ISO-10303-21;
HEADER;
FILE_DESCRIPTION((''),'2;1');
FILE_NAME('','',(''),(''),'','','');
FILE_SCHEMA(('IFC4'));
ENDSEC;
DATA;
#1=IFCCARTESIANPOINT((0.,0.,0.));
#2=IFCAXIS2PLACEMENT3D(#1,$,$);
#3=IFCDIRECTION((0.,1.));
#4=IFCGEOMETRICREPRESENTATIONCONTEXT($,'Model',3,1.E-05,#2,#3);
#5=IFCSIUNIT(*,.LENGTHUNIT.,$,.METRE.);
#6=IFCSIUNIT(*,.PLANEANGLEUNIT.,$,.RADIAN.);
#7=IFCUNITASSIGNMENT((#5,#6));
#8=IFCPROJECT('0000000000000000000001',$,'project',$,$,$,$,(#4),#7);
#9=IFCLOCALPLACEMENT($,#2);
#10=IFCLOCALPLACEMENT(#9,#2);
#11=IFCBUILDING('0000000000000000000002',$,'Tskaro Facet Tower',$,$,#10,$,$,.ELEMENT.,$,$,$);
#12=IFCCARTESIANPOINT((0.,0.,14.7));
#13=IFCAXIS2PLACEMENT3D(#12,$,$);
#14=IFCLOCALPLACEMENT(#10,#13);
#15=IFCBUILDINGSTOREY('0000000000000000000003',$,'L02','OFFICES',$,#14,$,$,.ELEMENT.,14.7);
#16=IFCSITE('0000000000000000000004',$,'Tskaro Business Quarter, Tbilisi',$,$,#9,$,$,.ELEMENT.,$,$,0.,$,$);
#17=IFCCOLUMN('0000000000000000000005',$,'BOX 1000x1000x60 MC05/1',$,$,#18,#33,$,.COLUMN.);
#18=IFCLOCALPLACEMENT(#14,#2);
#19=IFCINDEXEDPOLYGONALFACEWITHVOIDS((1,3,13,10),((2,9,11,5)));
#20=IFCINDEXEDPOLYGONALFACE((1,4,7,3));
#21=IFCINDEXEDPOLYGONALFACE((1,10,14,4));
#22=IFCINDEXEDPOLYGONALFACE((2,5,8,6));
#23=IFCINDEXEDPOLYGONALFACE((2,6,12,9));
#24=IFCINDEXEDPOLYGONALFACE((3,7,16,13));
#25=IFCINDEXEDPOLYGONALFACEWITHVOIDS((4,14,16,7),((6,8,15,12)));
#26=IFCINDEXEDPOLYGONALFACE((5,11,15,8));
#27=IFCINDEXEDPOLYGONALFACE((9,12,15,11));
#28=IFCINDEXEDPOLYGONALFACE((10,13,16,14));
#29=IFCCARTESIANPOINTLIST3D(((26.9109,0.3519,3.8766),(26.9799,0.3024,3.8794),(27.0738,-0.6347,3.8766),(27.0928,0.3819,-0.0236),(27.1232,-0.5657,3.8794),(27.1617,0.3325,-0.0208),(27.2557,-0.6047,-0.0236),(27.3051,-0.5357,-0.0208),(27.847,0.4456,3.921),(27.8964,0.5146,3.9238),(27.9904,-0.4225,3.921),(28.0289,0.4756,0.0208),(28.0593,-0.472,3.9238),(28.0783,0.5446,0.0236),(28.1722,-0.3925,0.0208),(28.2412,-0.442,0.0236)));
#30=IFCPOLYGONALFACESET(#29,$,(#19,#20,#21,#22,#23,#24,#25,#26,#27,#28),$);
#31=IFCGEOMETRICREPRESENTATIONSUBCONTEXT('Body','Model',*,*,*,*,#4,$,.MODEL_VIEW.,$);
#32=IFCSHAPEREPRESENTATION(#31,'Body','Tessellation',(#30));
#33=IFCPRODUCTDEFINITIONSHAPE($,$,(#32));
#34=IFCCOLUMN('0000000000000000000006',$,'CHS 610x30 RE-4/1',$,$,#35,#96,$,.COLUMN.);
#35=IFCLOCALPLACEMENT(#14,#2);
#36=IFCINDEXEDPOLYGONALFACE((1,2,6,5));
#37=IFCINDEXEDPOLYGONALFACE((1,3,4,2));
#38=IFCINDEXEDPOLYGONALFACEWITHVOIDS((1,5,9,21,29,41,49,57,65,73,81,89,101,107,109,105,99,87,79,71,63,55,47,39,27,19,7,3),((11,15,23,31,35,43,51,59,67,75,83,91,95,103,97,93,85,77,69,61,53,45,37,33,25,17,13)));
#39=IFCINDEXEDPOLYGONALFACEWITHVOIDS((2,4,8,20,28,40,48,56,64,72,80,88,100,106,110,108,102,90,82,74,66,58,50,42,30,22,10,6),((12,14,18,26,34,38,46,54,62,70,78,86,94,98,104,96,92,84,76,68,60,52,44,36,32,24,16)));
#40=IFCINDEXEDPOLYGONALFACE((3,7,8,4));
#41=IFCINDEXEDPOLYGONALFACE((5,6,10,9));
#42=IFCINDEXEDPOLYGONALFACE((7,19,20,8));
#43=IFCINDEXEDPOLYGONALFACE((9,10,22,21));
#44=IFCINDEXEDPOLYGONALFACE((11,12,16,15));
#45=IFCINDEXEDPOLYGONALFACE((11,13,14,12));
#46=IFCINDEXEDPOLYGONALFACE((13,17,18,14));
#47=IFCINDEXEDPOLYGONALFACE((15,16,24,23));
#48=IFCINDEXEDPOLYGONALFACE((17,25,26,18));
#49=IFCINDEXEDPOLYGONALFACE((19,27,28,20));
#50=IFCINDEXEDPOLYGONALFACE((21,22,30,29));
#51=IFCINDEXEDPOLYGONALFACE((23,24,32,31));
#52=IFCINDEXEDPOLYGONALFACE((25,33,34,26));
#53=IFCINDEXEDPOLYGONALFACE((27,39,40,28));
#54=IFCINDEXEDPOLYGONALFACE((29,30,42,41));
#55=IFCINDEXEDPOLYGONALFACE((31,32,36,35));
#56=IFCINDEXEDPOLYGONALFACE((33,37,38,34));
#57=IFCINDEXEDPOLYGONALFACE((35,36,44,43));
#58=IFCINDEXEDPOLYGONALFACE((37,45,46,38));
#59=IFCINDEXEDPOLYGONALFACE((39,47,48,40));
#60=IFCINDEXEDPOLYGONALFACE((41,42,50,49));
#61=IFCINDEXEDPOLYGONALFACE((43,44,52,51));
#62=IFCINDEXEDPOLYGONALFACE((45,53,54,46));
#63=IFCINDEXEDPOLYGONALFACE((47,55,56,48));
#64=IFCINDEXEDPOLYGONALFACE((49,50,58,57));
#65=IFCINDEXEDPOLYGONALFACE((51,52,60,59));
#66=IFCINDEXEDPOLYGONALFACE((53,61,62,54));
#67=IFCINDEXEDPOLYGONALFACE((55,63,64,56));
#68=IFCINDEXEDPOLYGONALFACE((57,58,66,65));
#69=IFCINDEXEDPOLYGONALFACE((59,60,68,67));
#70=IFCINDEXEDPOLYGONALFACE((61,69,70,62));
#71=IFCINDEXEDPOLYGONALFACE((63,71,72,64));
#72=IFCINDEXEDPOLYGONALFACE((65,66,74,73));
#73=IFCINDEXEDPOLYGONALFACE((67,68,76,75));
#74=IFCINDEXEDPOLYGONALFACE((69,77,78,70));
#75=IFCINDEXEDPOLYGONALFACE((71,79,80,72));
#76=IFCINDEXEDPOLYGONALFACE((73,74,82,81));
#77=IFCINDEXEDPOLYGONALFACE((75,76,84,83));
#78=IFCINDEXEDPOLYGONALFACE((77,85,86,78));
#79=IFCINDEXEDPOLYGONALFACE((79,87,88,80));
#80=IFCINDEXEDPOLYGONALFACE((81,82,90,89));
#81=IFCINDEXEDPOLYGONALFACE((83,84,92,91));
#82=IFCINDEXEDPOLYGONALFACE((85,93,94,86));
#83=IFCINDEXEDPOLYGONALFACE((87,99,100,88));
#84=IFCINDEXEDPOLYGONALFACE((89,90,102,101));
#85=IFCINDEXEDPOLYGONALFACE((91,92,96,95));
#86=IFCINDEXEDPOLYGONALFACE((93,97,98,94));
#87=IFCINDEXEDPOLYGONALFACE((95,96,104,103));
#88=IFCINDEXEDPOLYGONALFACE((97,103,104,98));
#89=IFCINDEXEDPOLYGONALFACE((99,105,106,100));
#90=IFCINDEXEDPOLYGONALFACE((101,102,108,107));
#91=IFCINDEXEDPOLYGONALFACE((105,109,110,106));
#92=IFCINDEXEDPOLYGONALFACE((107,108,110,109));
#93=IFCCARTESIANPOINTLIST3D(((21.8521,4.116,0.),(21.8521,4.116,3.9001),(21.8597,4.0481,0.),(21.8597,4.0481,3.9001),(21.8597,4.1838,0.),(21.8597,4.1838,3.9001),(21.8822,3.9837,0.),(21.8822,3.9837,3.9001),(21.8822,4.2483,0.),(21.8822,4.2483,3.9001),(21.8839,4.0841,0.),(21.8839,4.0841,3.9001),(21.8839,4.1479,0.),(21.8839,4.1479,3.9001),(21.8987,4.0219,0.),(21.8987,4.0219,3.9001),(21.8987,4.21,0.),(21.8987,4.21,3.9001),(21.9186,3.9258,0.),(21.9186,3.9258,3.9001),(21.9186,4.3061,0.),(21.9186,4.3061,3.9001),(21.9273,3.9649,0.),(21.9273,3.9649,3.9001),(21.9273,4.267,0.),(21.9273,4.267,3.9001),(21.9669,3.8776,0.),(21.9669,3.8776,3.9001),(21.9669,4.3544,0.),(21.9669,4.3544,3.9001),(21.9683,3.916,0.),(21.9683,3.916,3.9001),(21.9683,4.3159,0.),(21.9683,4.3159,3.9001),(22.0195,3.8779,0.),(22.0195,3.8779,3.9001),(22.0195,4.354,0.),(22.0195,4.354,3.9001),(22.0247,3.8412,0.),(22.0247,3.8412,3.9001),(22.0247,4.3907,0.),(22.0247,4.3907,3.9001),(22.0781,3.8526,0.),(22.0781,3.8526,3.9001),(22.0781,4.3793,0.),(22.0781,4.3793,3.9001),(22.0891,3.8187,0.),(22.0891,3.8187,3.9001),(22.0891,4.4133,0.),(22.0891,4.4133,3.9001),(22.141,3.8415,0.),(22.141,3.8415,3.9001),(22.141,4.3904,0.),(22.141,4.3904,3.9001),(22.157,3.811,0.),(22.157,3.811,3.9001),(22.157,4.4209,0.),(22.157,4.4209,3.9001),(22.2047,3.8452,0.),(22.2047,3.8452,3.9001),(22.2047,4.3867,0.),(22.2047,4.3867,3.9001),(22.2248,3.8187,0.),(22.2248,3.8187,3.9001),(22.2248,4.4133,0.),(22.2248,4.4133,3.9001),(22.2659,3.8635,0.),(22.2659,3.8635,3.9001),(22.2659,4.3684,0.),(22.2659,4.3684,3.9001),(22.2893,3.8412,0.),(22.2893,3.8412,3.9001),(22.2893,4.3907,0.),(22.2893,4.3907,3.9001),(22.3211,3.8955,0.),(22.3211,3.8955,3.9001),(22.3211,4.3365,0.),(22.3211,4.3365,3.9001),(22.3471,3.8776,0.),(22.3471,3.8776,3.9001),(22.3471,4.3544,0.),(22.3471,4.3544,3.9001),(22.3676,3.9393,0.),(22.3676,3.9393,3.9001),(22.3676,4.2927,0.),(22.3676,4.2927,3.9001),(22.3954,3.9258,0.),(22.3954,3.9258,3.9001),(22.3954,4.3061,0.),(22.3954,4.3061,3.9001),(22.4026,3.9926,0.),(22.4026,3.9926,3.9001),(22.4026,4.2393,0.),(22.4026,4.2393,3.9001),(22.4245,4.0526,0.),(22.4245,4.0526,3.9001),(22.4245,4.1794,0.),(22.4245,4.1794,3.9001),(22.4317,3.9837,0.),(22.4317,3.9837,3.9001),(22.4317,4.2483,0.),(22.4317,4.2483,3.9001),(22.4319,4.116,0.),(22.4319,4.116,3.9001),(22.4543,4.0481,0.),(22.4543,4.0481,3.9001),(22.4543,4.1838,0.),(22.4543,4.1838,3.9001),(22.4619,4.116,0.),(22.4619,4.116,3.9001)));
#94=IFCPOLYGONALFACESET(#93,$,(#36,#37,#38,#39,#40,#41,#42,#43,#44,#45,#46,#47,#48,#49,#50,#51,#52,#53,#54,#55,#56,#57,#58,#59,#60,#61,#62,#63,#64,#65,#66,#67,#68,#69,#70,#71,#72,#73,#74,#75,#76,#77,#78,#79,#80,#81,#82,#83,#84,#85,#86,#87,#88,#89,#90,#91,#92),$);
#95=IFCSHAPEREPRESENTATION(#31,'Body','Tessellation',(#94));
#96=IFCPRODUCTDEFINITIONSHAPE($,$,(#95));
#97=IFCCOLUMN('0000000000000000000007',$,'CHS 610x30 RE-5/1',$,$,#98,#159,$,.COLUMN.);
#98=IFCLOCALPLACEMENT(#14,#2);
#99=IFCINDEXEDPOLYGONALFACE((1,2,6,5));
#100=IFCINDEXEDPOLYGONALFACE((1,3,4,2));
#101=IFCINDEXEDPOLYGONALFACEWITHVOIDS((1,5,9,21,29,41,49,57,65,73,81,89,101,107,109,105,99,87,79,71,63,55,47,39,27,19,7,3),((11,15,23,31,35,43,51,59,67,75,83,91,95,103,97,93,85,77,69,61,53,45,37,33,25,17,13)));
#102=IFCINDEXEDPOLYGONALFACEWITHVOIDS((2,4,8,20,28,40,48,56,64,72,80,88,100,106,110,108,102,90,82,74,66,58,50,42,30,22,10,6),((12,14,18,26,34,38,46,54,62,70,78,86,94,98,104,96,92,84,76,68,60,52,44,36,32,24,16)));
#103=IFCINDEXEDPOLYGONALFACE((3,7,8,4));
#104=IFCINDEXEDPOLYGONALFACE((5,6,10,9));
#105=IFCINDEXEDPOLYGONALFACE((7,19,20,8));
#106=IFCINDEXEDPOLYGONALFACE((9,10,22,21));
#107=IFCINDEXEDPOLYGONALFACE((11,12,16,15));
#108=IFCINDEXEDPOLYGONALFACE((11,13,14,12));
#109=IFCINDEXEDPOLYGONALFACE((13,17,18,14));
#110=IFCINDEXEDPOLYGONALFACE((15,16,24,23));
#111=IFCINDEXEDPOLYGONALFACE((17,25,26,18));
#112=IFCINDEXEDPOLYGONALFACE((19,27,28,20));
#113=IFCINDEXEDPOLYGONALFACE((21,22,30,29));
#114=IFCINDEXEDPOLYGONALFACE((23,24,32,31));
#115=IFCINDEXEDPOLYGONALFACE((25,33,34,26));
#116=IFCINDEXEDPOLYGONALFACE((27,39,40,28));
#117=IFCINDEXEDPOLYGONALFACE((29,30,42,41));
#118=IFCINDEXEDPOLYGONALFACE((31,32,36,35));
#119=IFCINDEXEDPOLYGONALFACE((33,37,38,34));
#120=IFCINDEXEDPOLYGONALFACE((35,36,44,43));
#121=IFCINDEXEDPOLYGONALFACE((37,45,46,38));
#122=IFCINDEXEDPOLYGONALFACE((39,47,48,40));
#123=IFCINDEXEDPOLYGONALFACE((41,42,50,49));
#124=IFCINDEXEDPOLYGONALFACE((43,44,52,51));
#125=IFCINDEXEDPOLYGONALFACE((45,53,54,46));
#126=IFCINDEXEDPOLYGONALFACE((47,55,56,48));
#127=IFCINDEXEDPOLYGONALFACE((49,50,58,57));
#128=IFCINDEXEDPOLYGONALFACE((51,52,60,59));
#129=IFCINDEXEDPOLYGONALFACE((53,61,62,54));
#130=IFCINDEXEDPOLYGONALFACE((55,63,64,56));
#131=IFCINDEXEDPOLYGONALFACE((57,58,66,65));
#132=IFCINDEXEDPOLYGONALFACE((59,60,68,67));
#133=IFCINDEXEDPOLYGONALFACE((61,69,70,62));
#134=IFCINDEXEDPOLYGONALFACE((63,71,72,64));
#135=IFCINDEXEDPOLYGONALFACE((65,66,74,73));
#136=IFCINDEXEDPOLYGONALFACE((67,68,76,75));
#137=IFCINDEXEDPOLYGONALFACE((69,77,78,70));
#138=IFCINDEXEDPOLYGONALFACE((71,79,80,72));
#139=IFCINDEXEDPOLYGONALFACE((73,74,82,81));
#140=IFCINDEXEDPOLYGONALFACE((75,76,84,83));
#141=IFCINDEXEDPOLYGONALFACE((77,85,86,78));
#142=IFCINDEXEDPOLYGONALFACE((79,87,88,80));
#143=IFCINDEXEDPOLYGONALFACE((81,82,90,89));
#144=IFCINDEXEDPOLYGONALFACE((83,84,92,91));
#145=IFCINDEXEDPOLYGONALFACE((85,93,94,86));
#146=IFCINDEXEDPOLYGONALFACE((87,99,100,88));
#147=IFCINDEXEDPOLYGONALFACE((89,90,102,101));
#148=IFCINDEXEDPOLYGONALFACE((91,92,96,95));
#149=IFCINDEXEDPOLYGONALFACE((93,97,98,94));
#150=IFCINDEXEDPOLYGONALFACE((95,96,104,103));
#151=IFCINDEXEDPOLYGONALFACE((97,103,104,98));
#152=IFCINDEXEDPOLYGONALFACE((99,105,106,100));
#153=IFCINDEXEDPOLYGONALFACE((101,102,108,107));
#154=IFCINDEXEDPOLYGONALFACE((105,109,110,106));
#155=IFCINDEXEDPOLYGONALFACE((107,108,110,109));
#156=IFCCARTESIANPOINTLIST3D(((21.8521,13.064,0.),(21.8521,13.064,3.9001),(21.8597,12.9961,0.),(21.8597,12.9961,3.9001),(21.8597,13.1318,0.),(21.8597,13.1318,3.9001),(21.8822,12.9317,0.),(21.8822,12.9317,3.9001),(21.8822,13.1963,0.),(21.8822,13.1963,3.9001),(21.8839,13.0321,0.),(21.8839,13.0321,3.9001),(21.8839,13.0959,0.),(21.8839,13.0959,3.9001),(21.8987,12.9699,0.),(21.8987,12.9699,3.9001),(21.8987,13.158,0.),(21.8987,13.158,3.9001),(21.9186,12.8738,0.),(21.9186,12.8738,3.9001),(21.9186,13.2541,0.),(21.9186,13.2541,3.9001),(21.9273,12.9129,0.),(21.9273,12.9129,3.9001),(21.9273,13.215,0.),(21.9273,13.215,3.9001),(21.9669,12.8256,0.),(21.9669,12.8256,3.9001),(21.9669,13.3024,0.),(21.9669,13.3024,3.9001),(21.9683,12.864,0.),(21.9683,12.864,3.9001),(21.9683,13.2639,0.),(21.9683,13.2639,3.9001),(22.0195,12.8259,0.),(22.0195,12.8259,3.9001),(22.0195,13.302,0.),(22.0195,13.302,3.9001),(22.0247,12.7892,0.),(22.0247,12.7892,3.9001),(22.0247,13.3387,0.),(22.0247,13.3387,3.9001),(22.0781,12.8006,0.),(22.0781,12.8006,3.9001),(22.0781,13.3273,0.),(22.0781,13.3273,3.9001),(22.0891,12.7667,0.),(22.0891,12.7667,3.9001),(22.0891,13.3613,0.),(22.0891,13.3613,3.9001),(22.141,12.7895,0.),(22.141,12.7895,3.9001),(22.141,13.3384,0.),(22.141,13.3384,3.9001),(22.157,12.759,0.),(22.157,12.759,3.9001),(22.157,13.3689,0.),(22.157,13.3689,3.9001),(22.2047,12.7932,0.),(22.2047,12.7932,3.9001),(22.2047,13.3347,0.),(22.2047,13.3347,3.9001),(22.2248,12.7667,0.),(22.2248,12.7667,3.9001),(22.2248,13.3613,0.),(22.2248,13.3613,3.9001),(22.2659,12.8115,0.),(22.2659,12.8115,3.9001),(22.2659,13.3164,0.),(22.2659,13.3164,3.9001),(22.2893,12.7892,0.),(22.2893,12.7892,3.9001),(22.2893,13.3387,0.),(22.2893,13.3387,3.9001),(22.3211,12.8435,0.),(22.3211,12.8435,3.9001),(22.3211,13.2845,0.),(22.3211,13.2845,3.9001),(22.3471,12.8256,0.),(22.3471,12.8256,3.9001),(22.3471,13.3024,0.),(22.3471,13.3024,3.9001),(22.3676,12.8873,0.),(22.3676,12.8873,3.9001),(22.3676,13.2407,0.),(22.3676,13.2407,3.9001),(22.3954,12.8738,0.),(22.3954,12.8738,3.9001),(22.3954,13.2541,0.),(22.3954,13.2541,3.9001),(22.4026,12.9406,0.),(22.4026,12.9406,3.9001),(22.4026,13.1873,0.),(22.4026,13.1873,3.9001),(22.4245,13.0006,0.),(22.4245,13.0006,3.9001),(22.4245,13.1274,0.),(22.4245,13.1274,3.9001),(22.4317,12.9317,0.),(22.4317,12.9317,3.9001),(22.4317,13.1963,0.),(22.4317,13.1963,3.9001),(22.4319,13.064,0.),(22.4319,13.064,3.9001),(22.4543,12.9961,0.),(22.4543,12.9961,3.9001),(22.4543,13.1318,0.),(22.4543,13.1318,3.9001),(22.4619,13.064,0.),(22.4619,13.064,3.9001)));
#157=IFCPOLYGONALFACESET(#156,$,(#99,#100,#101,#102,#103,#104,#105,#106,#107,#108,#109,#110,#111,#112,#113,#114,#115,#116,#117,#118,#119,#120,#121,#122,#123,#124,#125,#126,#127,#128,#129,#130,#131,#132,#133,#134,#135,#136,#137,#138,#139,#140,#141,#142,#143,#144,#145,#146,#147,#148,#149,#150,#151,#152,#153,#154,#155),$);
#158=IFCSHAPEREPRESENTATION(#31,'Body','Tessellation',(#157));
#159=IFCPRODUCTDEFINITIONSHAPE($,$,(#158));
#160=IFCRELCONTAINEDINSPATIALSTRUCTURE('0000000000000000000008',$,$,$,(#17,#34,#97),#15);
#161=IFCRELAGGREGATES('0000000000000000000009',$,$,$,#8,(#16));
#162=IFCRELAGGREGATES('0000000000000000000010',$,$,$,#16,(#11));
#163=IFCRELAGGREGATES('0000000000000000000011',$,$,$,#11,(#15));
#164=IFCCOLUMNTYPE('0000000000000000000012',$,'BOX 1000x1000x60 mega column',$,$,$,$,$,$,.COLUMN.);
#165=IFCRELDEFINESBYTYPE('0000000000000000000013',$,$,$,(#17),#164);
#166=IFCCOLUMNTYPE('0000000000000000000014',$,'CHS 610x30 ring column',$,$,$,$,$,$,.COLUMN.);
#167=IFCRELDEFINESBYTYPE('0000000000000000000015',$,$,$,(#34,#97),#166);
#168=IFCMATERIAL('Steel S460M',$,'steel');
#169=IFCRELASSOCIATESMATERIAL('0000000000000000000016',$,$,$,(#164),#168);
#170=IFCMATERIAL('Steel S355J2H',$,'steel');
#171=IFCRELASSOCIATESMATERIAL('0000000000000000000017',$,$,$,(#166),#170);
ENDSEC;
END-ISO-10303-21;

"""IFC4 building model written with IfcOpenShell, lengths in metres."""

from ifc_helpers import new_model, si_unit, direction, frame, origin, origin_2d, place, context, subcontext, project, spatial, hollow_rectangle, hollow_circle, extrude, material, material_profile, profile_set, type_object, element, save


model = new_model("IFC4")

# Units and contexts
model_context = context("Model", 3, precision=1e-05, world=origin(), true_north=direction((0.0, 1.0)))
body_context = subcontext(model_context, "Body", "Model", "MODEL_VIEW")
ifc_project = project(units=[si_unit("LENGTHUNIT", "METRE"), si_unit("PLANEANGLEUNIT", "RADIAN")], contexts=[model_context])

# Site, building, storey
site_placement = place(None, origin())
site = spatial("IfcSite", under=ifc_project, at=site_placement, Name="Tskaro Business Quarter, Tbilisi", CompositionType="ELEMENT", RefElevation=0.0)
building_placement = place(site_placement, origin())
building = spatial("IfcBuilding", under=site, at=building_placement, Name="Tskaro Facet Tower", CompositionType="ELEMENT")
storey_placement = place(building_placement, frame((0.0, 0.0, 14.7)))
storey = spatial("IfcBuildingStorey", under=building, at=storey_placement, Name="L02", Description="OFFICES", CompositionType="ELEMENT", Elevation=14.7)

# Columns
ifc_material_1 = material(Name="Steel S460M", Category="steel")
ifc_material_profile_1 = material_profile(ifc_material_1, hollow_rectangle(XDim=1.0, YDim=1.0, WallThickness=0.0601, at=origin_2d()), Name="BOX 1000x1000x60")
ifc_profile_set_1 = profile_set([ifc_material_profile_1], Name="Steel S460M")
column_type_1 = type_object("IfcColumnType", Name="BOX 1000x1000x60 mega column", PredefinedType="COLUMN", material=ifc_profile_set_1)
column_placement = place(storey_placement, frame((27.667, -0.03, 0.0), z_axis=(-0.046583, -0.007691, 0.998885), x_axis=(0.162895, -0.986643, 0.0)))
element("IfcColumn", 1, at=column_placement, inside=storey, type_object=column_type_1, Name="BOX 1000x1000x60 MC05/1", PredefinedType="COLUMN", context=body_context, shape_type="SweptSolid", body=[
    extrude(hollow_rectangle(XDim=1.0, YDim=1.0, WallThickness=0.0601, at=origin_2d()), origin(), (0.0, 0.0, 1.0), 3.9045),
])
ifc_material_2 = material(Name="Steel S355J2H", Category="steel")
ifc_material_profile_2 = material_profile(ifc_material_2, hollow_circle(Radius=0.3049, WallThickness=0.03, at=origin_2d()), Name="CHS 610x30")
ifc_profile_set_2 = profile_set([ifc_material_profile_2], Name="Steel S355J2H")
column_type_2 = type_object("IfcColumnType", Name="CHS 610x30 ring column", PredefinedType="COLUMN", material=ifc_profile_set_2)
for number, where, z_axis, x_axis, name in (
    (2, (22.157, 4.116, 0.0), (0.0, 0.0, 1.0), (1.0, 0.0, 0.0), "CHS 610x30 RE-4/1"),
    (3, (22.157, 13.064, 0.0), (0.0, 0.0, 1.0), (1.0, 0.0, 0.0), "CHS 610x30 RE-5/1"),
):
    element("IfcColumn", number, at=place(storey_placement, frame(where, z_axis=z_axis, x_axis=x_axis)), inside=storey, type_object=column_type_2, Name=name, PredefinedType="COLUMN", context=body_context, shape_type="SweptSolid", body=[
        extrude(hollow_circle(Radius=0.3049, WallThickness=0.03, at=origin_2d()), origin(), (0.0, 0.0, 1.0), 3.9001),
    ])

save(model, "model.ifc")
